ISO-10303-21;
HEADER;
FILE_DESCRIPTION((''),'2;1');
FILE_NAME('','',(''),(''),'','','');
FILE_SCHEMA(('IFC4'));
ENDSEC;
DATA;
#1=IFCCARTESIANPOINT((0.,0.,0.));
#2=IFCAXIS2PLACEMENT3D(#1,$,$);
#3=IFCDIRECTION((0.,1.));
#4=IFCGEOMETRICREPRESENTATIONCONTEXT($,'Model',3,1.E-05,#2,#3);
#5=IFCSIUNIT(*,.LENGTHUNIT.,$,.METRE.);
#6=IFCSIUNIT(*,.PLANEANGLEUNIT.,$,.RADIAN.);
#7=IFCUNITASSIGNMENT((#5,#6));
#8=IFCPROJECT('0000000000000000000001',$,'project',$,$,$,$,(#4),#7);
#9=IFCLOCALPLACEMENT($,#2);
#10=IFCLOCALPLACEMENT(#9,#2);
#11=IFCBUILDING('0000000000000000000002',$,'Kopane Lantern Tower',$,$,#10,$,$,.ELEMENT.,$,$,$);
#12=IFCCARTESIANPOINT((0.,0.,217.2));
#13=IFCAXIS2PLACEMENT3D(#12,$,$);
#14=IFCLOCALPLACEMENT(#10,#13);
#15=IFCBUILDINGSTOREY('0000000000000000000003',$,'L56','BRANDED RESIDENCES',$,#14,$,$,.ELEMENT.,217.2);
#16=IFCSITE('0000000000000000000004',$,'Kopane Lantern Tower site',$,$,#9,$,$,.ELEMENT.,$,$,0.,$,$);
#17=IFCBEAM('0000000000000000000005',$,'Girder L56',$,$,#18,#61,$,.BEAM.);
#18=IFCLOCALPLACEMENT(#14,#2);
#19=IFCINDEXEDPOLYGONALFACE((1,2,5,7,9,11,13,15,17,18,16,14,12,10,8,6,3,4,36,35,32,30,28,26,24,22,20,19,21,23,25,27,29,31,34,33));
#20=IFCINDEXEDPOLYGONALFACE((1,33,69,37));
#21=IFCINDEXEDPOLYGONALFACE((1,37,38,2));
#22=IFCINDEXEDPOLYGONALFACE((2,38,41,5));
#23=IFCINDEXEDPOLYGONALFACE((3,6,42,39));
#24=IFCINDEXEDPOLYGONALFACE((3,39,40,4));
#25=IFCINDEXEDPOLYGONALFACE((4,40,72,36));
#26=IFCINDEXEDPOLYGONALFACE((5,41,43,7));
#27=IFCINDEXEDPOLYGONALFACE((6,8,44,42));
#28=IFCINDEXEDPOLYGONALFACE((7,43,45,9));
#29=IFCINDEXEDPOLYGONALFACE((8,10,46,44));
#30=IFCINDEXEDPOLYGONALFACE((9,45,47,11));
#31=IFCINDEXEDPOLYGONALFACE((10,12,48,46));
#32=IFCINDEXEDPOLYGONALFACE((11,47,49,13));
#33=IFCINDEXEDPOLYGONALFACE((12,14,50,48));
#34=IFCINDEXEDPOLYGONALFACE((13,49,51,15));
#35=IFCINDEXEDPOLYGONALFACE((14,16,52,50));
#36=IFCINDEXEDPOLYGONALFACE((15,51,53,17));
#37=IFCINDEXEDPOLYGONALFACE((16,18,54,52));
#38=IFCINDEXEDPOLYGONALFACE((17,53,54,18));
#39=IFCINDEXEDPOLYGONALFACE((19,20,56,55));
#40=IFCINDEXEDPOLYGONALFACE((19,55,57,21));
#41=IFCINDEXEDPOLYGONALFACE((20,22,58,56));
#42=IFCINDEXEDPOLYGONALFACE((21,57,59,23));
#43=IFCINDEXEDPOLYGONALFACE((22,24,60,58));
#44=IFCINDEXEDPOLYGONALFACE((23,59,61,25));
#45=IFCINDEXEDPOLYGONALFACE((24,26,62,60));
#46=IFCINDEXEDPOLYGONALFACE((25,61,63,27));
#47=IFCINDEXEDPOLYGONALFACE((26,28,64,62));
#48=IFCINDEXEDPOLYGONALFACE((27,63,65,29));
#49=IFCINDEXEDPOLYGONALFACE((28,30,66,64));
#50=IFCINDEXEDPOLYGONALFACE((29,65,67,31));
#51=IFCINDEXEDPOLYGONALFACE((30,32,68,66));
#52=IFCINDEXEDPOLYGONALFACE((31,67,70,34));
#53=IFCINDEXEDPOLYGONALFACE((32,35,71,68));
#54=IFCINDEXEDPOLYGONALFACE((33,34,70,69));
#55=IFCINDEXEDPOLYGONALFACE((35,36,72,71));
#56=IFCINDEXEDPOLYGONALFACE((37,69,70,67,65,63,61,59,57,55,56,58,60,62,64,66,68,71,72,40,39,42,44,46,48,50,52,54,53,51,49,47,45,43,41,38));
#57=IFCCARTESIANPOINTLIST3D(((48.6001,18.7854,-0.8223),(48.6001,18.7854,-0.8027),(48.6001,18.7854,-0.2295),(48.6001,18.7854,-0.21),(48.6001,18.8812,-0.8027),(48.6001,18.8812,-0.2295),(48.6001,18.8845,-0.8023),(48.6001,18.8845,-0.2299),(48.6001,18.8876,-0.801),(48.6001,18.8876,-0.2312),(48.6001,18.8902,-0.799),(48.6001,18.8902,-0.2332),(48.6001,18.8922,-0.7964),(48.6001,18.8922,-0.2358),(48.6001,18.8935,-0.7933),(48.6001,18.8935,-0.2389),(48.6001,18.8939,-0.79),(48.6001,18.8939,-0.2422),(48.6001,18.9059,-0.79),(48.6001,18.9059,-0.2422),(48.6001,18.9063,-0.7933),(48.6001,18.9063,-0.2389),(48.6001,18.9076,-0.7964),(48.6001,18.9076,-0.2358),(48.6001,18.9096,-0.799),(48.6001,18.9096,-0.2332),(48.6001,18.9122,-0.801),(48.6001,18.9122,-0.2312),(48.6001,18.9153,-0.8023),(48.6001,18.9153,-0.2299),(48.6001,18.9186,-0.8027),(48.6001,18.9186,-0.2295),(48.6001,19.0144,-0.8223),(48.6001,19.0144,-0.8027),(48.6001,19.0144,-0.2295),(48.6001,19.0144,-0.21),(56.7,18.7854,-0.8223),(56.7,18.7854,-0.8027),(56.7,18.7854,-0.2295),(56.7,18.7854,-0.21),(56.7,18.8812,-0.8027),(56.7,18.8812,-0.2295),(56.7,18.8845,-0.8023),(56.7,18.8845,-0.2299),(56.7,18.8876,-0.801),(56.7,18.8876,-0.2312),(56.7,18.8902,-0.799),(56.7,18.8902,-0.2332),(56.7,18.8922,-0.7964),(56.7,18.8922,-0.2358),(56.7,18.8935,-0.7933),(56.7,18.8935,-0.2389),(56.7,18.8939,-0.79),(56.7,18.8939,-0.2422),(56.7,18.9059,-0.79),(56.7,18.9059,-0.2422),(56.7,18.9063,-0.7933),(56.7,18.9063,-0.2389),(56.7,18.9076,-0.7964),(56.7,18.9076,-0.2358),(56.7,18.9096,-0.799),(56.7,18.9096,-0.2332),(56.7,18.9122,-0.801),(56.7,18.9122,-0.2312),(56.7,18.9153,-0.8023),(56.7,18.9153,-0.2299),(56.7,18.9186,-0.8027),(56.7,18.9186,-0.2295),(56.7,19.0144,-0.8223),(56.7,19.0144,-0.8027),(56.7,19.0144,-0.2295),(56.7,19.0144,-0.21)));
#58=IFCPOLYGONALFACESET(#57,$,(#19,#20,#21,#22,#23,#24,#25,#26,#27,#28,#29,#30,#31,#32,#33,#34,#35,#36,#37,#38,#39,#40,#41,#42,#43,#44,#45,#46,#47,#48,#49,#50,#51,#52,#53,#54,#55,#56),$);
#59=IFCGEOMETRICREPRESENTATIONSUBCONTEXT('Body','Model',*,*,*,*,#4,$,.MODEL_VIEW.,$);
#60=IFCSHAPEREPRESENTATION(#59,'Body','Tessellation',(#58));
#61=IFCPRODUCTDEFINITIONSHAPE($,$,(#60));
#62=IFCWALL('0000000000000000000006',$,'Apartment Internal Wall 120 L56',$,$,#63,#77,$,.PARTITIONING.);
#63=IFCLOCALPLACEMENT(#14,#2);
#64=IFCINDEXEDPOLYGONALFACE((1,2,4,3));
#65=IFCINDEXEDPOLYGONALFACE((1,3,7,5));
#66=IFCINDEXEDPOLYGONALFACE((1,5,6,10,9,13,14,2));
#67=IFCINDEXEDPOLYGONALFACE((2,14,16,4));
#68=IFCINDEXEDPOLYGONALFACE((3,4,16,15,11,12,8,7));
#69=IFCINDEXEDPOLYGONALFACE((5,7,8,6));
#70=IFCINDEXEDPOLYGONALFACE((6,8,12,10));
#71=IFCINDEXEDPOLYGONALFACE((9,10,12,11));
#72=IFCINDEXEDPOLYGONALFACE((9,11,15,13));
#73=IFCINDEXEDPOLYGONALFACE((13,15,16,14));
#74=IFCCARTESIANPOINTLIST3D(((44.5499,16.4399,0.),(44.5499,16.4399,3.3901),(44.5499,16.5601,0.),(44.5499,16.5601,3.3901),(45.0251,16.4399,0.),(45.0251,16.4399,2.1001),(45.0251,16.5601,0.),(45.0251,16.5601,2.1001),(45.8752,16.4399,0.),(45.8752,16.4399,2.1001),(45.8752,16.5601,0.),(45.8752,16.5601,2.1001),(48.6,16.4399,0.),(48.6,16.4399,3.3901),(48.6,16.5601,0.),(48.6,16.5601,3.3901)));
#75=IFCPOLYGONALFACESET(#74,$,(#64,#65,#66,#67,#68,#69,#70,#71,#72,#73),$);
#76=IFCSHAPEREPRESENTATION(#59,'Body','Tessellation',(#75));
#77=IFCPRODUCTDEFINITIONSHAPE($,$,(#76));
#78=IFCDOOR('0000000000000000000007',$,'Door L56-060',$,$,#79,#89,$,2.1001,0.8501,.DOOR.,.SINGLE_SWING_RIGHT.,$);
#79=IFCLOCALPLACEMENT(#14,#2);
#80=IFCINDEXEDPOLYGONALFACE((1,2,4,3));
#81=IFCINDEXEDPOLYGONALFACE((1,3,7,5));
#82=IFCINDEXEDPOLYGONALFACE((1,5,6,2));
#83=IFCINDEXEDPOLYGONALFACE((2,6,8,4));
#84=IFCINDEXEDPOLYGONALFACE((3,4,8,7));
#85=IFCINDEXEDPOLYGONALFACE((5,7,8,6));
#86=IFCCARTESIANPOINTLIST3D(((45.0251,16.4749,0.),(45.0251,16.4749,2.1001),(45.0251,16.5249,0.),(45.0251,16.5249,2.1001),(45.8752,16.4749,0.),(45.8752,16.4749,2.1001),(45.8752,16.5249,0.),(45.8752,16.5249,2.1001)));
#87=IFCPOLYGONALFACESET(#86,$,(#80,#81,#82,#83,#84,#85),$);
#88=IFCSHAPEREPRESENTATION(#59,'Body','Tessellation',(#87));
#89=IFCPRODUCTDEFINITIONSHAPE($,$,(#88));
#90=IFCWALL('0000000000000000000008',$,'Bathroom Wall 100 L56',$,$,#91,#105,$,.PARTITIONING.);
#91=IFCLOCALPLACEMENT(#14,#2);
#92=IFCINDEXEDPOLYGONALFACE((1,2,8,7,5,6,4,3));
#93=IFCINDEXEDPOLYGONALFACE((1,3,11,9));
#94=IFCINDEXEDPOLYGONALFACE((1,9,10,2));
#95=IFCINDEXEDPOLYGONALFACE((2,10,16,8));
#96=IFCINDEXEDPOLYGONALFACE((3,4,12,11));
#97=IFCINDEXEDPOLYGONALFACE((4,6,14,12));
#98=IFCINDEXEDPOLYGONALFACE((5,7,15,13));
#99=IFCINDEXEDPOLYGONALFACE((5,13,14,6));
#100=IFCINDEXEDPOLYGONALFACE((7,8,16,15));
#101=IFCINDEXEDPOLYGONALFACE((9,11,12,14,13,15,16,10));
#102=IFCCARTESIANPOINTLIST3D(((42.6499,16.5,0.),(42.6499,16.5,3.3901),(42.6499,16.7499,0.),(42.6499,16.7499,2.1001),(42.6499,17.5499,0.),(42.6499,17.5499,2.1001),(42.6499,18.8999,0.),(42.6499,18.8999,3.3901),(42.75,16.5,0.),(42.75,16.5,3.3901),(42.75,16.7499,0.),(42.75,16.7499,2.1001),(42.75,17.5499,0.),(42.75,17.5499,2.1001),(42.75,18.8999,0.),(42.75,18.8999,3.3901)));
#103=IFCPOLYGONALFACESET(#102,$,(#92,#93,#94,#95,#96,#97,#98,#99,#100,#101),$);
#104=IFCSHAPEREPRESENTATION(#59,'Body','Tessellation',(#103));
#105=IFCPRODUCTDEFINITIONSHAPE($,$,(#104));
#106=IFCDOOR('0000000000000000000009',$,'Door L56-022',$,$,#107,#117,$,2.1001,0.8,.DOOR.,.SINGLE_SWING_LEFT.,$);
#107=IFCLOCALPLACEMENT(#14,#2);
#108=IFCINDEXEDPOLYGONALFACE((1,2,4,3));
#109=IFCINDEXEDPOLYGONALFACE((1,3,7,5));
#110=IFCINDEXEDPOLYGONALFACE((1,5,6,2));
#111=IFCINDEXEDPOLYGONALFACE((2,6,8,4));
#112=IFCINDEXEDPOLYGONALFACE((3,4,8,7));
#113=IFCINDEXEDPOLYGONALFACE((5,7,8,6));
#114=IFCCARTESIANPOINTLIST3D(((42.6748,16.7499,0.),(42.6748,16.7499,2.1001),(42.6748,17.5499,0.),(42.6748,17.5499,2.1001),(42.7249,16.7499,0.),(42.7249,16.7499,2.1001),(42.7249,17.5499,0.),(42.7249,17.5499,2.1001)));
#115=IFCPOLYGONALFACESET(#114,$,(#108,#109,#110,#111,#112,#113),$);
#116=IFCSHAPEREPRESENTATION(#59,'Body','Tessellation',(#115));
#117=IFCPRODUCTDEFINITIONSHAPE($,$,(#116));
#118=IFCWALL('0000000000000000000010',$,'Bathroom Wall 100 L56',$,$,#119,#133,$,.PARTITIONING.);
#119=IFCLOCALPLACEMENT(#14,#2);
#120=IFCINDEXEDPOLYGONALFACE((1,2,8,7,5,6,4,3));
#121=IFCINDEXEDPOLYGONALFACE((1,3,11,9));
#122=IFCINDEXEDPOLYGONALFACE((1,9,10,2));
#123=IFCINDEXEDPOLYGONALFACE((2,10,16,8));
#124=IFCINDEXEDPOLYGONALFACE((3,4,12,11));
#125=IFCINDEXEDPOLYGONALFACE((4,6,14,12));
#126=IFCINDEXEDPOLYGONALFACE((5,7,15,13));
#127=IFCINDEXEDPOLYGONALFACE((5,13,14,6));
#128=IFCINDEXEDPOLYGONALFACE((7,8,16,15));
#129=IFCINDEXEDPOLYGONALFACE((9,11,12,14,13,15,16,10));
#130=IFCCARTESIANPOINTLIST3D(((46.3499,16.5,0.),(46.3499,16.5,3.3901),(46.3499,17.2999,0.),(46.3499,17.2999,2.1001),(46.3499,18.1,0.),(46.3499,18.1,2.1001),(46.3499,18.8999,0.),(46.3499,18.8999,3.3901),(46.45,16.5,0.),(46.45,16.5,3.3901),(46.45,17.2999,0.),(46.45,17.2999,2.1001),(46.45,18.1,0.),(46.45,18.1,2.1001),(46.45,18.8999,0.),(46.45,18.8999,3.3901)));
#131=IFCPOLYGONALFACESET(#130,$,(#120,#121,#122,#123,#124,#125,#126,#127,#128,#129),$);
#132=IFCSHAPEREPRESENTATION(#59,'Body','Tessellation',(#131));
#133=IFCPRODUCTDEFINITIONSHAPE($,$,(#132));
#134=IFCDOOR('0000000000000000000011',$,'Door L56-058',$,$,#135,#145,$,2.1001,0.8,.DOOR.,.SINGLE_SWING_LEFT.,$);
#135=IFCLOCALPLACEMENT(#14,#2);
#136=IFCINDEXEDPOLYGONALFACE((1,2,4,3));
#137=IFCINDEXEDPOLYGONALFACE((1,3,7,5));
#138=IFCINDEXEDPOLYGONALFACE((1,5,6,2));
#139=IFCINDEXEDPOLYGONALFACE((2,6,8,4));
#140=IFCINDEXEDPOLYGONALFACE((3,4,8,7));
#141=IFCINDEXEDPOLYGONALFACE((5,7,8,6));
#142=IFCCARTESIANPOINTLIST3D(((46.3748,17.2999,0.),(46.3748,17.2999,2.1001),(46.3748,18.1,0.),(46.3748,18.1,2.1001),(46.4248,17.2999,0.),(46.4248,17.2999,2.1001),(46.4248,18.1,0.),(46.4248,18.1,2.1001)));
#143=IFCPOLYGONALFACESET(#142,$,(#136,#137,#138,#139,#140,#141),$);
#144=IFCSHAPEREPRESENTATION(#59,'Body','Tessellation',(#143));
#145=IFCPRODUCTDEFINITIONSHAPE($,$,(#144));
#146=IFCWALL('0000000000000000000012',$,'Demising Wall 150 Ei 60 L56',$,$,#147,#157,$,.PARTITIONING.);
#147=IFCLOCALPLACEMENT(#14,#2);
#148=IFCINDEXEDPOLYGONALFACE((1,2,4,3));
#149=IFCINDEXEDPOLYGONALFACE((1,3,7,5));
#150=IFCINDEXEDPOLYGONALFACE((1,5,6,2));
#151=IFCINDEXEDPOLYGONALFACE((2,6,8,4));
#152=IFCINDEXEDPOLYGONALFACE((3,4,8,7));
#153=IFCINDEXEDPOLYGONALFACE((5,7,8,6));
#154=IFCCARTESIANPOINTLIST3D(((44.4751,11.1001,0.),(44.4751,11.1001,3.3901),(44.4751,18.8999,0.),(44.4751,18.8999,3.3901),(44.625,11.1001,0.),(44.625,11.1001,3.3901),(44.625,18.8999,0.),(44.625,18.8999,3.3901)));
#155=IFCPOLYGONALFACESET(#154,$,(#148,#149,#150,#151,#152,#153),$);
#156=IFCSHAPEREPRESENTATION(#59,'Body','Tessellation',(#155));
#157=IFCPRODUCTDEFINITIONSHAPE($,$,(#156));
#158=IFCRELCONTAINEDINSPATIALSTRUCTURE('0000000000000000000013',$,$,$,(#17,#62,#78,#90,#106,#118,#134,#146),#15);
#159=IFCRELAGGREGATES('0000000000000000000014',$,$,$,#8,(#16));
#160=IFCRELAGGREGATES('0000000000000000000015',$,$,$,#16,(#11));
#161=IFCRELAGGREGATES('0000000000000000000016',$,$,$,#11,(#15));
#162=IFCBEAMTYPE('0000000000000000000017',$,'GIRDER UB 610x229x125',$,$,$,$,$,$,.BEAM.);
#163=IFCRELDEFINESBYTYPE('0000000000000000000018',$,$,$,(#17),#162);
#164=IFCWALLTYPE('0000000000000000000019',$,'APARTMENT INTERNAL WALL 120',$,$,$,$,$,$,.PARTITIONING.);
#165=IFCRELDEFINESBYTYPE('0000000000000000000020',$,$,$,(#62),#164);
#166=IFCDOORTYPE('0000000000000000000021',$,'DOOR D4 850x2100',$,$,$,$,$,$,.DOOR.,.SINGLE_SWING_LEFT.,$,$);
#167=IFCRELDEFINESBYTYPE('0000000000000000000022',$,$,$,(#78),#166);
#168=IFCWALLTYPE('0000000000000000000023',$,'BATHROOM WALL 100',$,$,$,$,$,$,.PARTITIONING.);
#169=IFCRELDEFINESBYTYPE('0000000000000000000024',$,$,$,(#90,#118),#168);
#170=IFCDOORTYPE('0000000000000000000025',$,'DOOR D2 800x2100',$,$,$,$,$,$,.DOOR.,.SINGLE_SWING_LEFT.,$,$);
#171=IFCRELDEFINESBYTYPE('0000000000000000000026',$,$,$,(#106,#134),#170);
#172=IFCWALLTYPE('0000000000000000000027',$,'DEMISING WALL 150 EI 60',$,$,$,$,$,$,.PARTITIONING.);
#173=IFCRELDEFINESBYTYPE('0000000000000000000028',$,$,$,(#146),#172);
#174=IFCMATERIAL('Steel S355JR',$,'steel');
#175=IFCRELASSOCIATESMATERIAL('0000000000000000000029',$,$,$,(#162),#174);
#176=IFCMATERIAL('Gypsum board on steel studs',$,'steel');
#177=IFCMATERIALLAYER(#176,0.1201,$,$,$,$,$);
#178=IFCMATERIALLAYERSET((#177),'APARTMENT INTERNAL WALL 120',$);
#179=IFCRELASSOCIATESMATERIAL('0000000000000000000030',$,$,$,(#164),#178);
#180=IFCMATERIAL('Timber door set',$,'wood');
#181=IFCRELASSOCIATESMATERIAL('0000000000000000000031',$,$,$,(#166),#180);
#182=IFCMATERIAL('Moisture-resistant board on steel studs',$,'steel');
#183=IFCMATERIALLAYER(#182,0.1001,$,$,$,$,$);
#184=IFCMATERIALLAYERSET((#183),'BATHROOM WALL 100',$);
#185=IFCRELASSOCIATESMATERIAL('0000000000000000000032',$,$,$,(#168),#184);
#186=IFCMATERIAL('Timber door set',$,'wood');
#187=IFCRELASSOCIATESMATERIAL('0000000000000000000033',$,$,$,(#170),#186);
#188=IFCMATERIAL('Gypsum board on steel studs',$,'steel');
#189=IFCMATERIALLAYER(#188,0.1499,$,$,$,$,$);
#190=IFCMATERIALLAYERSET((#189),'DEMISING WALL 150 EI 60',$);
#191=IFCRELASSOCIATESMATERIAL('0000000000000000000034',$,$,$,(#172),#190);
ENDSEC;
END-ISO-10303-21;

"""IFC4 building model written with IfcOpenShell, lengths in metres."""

from ifc_helpers import new_model, si_unit, direction, frame, frame_2d, origin, origin_2d, place, context, subcontext, project, spatial, rectangle, i_section, extrude, material, layer, layer_set, material_profile, profile_set, type_object, element, fill, save


model = new_model("IFC4")

# Units and contexts
model_context = context("Model", 3, precision=1e-05, world=origin(), true_north=direction((0.0, 1.0)))
body_context = subcontext(model_context, "Body", "Model", "MODEL_VIEW")
ifc_project = project(units=[si_unit("LENGTHUNIT", "METRE"), si_unit("PLANEANGLEUNIT", "RADIAN")], contexts=[model_context])

# Site, building, storey
site_placement = place(None, origin())
site = spatial("IfcSite", under=ifc_project, at=site_placement, Name="Kopane Lantern Tower site", CompositionType="ELEMENT", RefElevation=0.0)
building_placement = place(site_placement, origin())
building = spatial("IfcBuilding", under=site, at=building_placement, Name="Kopane Lantern Tower", CompositionType="ELEMENT")
storey_placement = place(building_placement, frame((0.0, 0.0, 217.2)))
storey = spatial("IfcBuildingStorey", under=building, at=storey_placement, Name="L56", Description="BRANDED RESIDENCES", CompositionType="ELEMENT", Elevation=217.2)

# Beam
ifc_material_1 = material(Name="Steel S355JR", Category="steel")
ifc_material_profile_1 = material_profile(ifc_material_1, i_section(OverallWidth=0.229, OverallDepth=0.6123, WebThickness=0.012, FlangeThickness=0.0195, FilletRadius=0.0127, at=origin_2d()), Name="UB 610x229x125")
ifc_profile_set_1 = profile_set([ifc_material_profile_1], Name="Steel S355JR")
beam_type = type_object("IfcBeamType", Name="GIRDER UB 610x229x125", PredefinedType="BEAM", material=ifc_profile_set_1)
beam_1_placement = place(storey_placement, frame((48.6001, 18.8999, -0.5161), z_axis=(1.0, 0.0, 0.0), x_axis=(0.0, 1.0, 0.0)))
element("IfcBeam", 1, at=beam_1_placement, inside=storey, type_object=beam_type, Name="Girder L56", PredefinedType="BEAM", context=body_context, shape_type="SweptSolid", body=[
    extrude(i_section(OverallWidth=0.229, OverallDepth=0.6123, WebThickness=0.012, FlangeThickness=0.0195, FilletRadius=0.0127, at=origin_2d()), origin(), (0.0, 0.0, 1.0), 8.0999),
])

# Walls, openings, doors
ifc_material_2 = material(Name="Gypsum board on steel studs", Category="steel")
ifc_layer_1 = layer(ifc_material_2, 0.1201)
ifc_layer_set_1 = layer_set([ifc_layer_1], Name="APARTMENT INTERNAL WALL 120")
wall_type_1 = type_object("IfcWallType", Name="APARTMENT INTERNAL WALL 120", PredefinedType="PARTITIONING", material=ifc_layer_set_1)
wall_1_placement = place(storey_placement, frame((44.55, 16.5, 0.0), z_axis=(0.0, 0.0, 1.0), x_axis=(1.0, 0.0, 0.0)))
wall_1 = element("IfcWall", 2, at=wall_1_placement, inside=storey, type_object=wall_type_1, Name="Apartment Internal Wall 120 L56", PredefinedType="PARTITIONING", context=body_context, shape_type="SweptSolid", body=[
    extrude(rectangle(XDim=4.05, YDim=0.1201, at=frame_2d((2.0249, 0.0))), origin(), (0.0, 0.0, 1.0), 3.3901),
])
opening_1_placement = place(wall_1_placement, frame((0.4751, 0.0, 0.0)))
opening_1 = element("IfcOpeningElement", 3, at=opening_1_placement, cuts=wall_1, PredefinedType="OPENING", context=body_context, shape_type="SweptSolid", body=[
    extrude(rectangle(XDim=0.8501, YDim=2.1001, at=frame_2d((0.425, 1.05))), frame((0.0, 0.0701, 0.0), z_axis=(0.0, -1.0, 0.0), x_axis=(1.0, 0.0, 0.0)), (0.0, 0.0, 1.0), 0.1401),
])
ifc_material_3 = material(Name="Timber door set", Category="wood")
door_type_1 = type_object("IfcDoorType", Name="DOOR D4 850x2100", OperationType="SINGLE_SWING_LEFT", PredefinedType="DOOR", material=ifc_material_3)
door_1_placement = place(opening_1_placement, origin())
door_1 = element("IfcDoor", 4, at=door_1_placement, inside=storey, type_object=door_type_1, Name="Door L56-060", OperationType="SINGLE_SWING_RIGHT", OverallHeight=2.1001, OverallWidth=0.8501, PredefinedType="DOOR", context=body_context, shape_type="SweptSolid", body=[
    extrude(rectangle(XDim=0.8501, YDim=2.1001, at=frame_2d((0.425, 1.05))), frame((0.0, 0.0249, 0.0), z_axis=(0.0, -1.0, 0.0), x_axis=(1.0, 0.0, 0.0)), (0.0, 0.0, 1.0), 0.05),
])
fill(opening_1, door_1)
ifc_material_4 = material(Name="Moisture-resistant board on steel studs", Category="steel")
ifc_layer_2 = layer(ifc_material_4, 0.1001)
ifc_layer_set_2 = layer_set([ifc_layer_2], Name="BATHROOM WALL 100")
wall_type_2 = type_object("IfcWallType", Name="BATHROOM WALL 100", PredefinedType="PARTITIONING", material=ifc_layer_set_2)
wall_2_placement = place(storey_placement, frame((42.7, 18.8999, 0.0), z_axis=(0.0, 0.0, 1.0), x_axis=(0.0, -1.0, 0.0)))
wall_2 = element("IfcWall", 5, at=wall_2_placement, inside=storey, type_object=wall_type_2, Name="Bathroom Wall 100 L56", PredefinedType="PARTITIONING", context=body_context, shape_type="SweptSolid", body=[
    extrude(rectangle(XDim=2.3999, YDim=0.1001, at=frame_2d((1.2, 0.0))), origin(), (0.0, 0.0, 1.0), 3.3901),
])
opening_2_placement = place(wall_2_placement, frame((1.3501, 0.0, 0.0)))
opening_2 = element("IfcOpeningElement", 6, at=opening_2_placement, cuts=wall_2, PredefinedType="OPENING", context=body_context, shape_type="SweptSolid", body=[
    extrude(rectangle(XDim=0.8, YDim=2.1001, at=frame_2d((0.3999, 1.05))), frame((0.0, 0.0601, 0.0), z_axis=(0.0, -1.0, 0.0), x_axis=(1.0, 0.0, 0.0)), (0.0, 0.0, 1.0), 0.1201),
])
ifc_material_5 = material(Name="Timber door set", Category="wood")
door_type_2 = type_object("IfcDoorType", Name="DOOR D2 800x2100", OperationType="SINGLE_SWING_LEFT", PredefinedType="DOOR", material=ifc_material_5)
door_2_placement = place(opening_2_placement, origin())
door_2 = element("IfcDoor", 7, at=door_2_placement, inside=storey, type_object=door_type_2, Name="Door L56-022", OperationType="SINGLE_SWING_LEFT", OverallHeight=2.1001, OverallWidth=0.8, PredefinedType="DOOR", context=body_context, shape_type="SweptSolid", body=[
    extrude(rectangle(XDim=0.8, YDim=2.1001, at=frame_2d((0.3999, 1.05))), frame((0.0, 0.0249, 0.0), z_axis=(0.0, -1.0, 0.0), x_axis=(1.0, 0.0, 0.0)), (0.0, 0.0, 1.0), 0.05),
])
fill(opening_2, door_2)
wall_3_placement = place(storey_placement, frame((46.3999, 18.8999, 0.0), z_axis=(0.0, 0.0, 1.0), x_axis=(0.0, -1.0, 0.0)))
wall_3 = element("IfcWall", 8, at=wall_3_placement, inside=storey, type_object=wall_type_2, Name="Bathroom Wall 100 L56", PredefinedType="PARTITIONING", context=body_context, shape_type="SweptSolid", body=[
    extrude(rectangle(XDim=2.3999, YDim=0.1001, at=frame_2d((1.2, 0.0))), origin(), (0.0, 0.0, 1.0), 3.3901),
])
opening_3_placement = place(wall_3_placement, frame((0.8, 0.0, 0.0)))
opening_3 = element("IfcOpeningElement", 9, at=opening_3_placement, cuts=wall_3, PredefinedType="OPENING", context=body_context, shape_type="SweptSolid", body=[
    extrude(rectangle(XDim=0.8, YDim=2.1001, at=frame_2d((0.3999, 1.05))), frame((0.0, 0.0601, 0.0), z_axis=(0.0, -1.0, 0.0), x_axis=(1.0, 0.0, 0.0)), (0.0, 0.0, 1.0), 0.1201),
])
door_3_placement = place(opening_3_placement, origin())
door_3 = element("IfcDoor", 10, at=door_3_placement, inside=storey, type_object=door_type_2, Name="Door L56-058", OperationType="SINGLE_SWING_LEFT", OverallHeight=2.1001, OverallWidth=0.8, PredefinedType="DOOR", context=body_context, shape_type="SweptSolid", body=[
    extrude(rectangle(XDim=0.8, YDim=2.1001, at=frame_2d((0.3999, 1.05))), frame((0.0, 0.0249, 0.0), z_axis=(0.0, -1.0, 0.0), x_axis=(1.0, 0.0, 0.0)), (0.0, 0.0, 1.0), 0.05),
])
fill(opening_3, door_3)

# Wall
ifc_material_6 = material(Name="Gypsum board on steel studs", Category="steel")
ifc_layer_3 = layer(ifc_material_6, 0.1499)
ifc_layer_set_3 = layer_set([ifc_layer_3], Name="DEMISING WALL 150 EI 60")
wall_type_3 = type_object("IfcWallType", Name="DEMISING WALL 150 EI 60", PredefinedType="PARTITIONING", material=ifc_layer_set_3)
wall_4_placement = place(storey_placement, frame((44.55, 18.8999, 0.0), z_axis=(0.0, 0.0, 1.0), x_axis=(0.0, -1.0, 0.0)))
element("IfcWall", 11, at=wall_4_placement, inside=storey, type_object=wall_type_3, Name="Demising Wall 150 Ei 60 L56", PredefinedType="PARTITIONING", context=body_context, shape_type="SweptSolid", body=[
    extrude(rectangle(XDim=7.7998, YDim=0.1499, at=frame_2d((3.8999, 0.0))), origin(), (0.0, 0.0, 1.0), 3.3901),
])

save(model, "model.ifc")
